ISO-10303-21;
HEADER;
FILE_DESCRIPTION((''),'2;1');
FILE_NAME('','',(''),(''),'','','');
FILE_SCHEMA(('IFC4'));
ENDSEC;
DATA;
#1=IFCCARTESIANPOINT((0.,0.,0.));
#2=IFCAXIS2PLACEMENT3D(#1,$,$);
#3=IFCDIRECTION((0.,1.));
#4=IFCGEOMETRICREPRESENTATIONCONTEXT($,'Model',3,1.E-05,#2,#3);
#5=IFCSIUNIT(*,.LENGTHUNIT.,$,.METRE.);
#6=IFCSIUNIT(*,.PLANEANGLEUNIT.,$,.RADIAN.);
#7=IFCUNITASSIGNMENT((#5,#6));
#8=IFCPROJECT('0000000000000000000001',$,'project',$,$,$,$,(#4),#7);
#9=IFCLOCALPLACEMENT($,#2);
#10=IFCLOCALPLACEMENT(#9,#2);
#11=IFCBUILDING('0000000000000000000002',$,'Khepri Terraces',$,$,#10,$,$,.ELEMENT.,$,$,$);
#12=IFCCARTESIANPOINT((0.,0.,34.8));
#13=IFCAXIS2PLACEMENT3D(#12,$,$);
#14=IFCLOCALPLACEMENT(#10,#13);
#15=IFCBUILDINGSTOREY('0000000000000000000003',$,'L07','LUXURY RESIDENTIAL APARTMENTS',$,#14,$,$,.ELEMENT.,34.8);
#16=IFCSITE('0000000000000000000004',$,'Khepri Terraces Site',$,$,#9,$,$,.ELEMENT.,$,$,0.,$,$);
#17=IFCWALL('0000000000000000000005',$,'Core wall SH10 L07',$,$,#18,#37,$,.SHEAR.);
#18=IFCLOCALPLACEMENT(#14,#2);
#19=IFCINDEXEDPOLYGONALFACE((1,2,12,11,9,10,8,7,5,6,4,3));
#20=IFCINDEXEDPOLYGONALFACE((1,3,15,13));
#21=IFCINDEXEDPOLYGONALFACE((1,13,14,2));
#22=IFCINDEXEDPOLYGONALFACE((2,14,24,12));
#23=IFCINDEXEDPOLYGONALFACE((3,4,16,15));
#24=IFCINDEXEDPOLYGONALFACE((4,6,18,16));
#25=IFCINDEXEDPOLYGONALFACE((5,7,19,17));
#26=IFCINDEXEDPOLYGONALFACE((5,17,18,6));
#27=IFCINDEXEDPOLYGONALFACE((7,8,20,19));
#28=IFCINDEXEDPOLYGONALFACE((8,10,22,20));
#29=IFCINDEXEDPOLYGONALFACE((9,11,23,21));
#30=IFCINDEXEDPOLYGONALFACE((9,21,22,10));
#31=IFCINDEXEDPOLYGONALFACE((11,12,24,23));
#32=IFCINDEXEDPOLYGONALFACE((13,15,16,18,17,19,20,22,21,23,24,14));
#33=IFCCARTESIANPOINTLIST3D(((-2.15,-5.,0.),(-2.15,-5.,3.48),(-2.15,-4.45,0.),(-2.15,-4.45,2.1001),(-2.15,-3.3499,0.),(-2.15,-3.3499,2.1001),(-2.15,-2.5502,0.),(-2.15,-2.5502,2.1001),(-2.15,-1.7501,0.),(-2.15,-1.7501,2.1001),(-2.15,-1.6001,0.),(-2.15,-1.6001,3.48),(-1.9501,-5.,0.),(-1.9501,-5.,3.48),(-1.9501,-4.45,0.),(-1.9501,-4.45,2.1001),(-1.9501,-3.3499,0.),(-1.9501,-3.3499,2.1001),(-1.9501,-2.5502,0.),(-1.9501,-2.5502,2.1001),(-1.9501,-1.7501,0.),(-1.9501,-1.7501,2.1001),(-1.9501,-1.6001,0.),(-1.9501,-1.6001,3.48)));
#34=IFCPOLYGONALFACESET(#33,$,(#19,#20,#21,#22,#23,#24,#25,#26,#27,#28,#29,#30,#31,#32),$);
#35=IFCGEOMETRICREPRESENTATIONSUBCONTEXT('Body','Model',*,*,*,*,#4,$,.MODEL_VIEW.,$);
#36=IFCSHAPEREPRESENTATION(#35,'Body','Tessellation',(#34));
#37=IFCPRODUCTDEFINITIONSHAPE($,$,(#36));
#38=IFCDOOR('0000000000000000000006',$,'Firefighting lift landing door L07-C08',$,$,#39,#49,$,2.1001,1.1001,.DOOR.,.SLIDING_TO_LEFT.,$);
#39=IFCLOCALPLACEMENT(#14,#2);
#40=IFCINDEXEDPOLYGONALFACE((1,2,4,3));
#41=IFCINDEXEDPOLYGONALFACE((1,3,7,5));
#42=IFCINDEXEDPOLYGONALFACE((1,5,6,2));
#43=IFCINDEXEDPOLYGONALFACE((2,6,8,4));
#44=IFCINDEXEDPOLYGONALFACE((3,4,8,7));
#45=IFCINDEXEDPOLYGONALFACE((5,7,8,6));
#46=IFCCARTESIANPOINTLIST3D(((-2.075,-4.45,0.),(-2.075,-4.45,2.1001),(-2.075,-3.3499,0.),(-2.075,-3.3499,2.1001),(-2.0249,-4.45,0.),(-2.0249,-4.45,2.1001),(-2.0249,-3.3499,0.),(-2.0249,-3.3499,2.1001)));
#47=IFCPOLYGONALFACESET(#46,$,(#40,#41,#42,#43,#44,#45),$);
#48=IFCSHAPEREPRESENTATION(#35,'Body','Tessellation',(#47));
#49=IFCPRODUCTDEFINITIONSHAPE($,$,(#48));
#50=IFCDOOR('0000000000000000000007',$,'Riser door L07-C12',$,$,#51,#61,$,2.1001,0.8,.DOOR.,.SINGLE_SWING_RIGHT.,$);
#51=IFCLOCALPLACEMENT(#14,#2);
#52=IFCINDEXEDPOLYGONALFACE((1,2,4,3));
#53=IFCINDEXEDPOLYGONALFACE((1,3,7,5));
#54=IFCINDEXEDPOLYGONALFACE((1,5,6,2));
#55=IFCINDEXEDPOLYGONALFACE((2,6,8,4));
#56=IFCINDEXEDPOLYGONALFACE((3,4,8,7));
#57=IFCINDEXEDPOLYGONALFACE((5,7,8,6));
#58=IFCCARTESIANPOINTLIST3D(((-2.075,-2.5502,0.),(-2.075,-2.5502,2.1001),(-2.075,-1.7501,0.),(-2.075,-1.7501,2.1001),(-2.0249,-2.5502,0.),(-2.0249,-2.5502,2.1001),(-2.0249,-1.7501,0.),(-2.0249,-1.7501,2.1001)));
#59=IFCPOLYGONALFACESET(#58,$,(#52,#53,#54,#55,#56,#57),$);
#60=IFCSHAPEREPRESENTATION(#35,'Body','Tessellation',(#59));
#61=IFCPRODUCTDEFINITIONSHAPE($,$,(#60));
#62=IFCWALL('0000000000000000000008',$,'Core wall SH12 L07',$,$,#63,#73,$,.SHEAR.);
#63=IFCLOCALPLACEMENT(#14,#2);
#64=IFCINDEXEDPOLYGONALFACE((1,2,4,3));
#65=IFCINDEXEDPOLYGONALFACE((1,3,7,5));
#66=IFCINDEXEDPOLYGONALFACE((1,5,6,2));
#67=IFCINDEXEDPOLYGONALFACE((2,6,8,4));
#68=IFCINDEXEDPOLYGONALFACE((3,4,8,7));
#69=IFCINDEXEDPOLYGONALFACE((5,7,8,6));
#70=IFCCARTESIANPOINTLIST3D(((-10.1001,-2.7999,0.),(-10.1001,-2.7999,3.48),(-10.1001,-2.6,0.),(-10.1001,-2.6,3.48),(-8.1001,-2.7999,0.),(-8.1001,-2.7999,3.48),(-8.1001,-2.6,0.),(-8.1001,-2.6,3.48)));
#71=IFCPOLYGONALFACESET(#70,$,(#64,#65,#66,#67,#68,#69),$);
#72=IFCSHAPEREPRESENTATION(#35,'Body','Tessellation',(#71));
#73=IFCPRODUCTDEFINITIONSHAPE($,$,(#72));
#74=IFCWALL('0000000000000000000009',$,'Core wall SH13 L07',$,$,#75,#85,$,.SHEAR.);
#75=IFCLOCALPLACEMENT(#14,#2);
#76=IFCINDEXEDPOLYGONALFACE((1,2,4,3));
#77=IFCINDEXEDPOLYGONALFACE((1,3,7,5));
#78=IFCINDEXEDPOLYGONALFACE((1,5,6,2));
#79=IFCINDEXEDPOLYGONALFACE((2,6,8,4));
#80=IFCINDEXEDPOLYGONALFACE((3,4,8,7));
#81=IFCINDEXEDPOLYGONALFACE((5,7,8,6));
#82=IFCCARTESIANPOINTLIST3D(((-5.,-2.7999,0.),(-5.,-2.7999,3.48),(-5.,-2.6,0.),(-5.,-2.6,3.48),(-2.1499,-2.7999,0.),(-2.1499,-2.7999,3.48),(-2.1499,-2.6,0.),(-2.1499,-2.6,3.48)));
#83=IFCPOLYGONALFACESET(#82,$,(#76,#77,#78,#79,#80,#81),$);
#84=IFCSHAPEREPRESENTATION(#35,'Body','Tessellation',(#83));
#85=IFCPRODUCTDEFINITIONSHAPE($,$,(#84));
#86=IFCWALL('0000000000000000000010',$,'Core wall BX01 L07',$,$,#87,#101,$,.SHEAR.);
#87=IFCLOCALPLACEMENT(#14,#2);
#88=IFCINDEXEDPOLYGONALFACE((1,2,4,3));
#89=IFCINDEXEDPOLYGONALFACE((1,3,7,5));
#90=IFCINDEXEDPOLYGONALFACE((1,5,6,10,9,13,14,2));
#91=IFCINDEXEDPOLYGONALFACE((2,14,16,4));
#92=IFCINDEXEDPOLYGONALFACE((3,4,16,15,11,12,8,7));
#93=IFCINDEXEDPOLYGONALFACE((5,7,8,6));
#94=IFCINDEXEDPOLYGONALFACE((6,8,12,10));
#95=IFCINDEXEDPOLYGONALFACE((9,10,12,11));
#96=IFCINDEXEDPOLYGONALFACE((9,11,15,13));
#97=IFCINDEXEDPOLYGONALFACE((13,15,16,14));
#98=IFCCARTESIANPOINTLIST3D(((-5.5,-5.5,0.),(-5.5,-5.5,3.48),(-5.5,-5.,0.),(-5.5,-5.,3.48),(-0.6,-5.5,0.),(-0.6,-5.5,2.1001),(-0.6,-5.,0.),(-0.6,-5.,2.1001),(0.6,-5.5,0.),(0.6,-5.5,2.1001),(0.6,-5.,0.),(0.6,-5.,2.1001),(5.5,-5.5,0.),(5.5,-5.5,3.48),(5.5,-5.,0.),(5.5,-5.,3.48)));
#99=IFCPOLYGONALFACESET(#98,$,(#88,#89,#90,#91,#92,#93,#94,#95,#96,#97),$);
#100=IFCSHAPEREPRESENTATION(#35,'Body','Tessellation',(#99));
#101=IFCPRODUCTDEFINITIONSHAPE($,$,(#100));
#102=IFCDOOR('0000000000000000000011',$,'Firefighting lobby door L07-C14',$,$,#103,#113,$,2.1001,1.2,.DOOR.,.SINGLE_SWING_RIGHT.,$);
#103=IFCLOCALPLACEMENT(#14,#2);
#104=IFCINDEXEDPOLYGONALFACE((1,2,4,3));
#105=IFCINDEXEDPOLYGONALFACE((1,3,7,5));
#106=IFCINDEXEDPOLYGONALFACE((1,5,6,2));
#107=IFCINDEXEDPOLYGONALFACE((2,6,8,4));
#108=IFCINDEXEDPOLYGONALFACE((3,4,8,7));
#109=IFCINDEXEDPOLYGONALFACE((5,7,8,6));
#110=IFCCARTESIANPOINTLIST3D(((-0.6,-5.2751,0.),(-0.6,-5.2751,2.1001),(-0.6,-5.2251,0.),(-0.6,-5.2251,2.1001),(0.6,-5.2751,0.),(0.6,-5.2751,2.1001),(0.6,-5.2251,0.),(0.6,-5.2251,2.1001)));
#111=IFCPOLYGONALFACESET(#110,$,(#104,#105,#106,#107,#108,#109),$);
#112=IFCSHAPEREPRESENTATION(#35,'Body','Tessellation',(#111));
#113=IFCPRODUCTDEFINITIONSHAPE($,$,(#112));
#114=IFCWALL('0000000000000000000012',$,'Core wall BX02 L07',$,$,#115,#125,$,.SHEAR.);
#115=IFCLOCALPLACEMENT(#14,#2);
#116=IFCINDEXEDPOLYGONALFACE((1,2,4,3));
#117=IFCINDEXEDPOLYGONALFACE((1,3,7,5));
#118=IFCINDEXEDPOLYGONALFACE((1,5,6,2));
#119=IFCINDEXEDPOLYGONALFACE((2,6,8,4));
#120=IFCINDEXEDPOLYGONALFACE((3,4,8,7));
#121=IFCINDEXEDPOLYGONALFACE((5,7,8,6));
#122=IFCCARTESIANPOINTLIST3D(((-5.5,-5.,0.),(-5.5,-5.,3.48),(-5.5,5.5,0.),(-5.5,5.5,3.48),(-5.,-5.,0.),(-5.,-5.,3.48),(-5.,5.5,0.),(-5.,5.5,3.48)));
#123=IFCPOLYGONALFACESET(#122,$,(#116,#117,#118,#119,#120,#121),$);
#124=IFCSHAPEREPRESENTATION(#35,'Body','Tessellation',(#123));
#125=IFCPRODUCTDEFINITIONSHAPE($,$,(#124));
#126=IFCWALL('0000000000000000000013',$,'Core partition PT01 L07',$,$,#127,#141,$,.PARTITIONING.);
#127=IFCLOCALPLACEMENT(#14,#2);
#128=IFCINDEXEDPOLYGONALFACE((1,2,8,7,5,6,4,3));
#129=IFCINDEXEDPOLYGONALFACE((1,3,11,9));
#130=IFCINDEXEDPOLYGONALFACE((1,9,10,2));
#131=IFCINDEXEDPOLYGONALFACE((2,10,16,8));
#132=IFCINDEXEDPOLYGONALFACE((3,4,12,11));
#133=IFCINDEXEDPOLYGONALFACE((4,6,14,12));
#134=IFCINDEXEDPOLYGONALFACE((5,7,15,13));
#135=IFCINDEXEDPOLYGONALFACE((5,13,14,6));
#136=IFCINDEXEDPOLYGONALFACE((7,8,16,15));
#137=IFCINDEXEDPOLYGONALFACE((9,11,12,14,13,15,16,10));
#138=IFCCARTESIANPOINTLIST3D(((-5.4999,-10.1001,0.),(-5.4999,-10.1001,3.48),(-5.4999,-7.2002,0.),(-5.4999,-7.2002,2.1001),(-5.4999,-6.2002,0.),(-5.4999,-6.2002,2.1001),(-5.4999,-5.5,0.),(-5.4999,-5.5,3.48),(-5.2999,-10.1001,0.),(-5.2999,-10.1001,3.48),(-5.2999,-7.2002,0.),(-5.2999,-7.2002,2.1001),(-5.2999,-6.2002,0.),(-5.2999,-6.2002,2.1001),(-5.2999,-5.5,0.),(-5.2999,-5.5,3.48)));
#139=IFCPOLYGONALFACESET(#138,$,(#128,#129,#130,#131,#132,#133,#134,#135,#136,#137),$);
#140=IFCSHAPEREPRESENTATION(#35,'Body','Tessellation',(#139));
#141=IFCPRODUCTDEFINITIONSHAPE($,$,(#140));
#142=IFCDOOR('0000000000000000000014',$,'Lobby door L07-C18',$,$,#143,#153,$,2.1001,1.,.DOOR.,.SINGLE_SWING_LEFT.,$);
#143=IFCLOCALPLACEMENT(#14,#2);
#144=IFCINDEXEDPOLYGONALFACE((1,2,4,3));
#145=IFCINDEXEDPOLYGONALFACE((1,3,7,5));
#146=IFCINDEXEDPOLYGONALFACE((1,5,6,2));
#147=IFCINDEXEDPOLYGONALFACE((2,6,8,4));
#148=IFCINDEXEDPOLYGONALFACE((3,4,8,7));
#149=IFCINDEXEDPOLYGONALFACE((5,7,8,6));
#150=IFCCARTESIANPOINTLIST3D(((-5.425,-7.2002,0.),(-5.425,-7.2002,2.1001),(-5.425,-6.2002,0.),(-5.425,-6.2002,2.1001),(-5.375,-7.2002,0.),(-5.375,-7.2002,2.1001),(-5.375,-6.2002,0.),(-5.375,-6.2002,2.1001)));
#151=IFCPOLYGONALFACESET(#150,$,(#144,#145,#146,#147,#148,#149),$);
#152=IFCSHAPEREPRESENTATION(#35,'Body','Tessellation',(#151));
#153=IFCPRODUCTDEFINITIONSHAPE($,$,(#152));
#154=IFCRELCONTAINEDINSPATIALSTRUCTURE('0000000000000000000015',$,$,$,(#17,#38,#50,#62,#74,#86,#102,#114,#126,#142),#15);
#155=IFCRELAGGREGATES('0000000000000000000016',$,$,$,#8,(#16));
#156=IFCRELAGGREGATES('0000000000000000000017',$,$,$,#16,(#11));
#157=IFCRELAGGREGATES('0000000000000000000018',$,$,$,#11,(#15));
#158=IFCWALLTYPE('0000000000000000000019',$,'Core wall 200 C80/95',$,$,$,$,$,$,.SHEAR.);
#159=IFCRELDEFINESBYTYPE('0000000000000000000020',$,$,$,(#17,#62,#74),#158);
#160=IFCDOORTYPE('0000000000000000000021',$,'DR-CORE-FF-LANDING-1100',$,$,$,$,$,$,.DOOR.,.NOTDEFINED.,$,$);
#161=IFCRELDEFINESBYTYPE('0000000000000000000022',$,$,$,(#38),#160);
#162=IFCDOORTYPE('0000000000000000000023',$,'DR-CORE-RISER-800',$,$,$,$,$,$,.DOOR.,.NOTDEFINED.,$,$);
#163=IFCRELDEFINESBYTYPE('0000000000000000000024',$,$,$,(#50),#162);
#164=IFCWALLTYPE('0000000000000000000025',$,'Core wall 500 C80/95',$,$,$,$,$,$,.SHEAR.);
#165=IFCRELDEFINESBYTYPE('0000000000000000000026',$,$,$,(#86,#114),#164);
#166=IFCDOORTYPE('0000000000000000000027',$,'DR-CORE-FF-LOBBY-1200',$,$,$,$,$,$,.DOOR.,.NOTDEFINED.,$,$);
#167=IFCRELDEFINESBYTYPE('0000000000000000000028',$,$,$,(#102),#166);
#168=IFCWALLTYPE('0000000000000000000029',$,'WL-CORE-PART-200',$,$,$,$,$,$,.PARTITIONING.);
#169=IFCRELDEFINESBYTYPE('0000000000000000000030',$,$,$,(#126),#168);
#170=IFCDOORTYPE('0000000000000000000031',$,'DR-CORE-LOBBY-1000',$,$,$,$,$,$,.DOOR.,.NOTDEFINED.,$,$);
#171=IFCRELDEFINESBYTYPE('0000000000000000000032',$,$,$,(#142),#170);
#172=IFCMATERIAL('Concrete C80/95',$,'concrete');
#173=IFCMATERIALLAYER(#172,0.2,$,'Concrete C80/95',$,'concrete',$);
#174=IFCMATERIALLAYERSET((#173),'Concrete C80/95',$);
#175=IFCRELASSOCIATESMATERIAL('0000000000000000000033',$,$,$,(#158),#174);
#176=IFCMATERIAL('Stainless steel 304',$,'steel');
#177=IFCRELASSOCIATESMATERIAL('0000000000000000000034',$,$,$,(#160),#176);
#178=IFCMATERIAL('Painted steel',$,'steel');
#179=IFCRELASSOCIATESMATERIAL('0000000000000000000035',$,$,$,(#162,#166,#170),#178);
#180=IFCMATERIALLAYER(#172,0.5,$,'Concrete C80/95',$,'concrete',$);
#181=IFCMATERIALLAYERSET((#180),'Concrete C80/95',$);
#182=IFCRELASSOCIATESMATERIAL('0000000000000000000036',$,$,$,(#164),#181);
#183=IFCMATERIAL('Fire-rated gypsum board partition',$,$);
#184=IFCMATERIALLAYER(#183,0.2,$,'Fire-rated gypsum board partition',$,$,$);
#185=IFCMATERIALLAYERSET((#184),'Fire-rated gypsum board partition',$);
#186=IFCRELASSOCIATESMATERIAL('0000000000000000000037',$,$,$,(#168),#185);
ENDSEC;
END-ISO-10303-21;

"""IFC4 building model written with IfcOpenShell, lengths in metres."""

from ifc_helpers import new_model, si_unit, direction, frame, frame_2d, origin, place, context, subcontext, project, spatial, rectangle, extrude, material, layer, layer_set, type_object, element, fill, save


model = new_model("IFC4")

# Units and contexts
model_context = context("Model", 3, precision=1e-05, world=origin(), true_north=direction((0.0, 1.0)))
body_context = subcontext(model_context, "Body", "Model", "MODEL_VIEW")
ifc_project = project(units=[si_unit("LENGTHUNIT", "METRE"), si_unit("PLANEANGLEUNIT", "RADIAN")], contexts=[model_context])

# Site, building, storey
site_placement = place(None, origin())
site = spatial("IfcSite", under=ifc_project, at=site_placement, Name="Khepri Terraces Site", CompositionType="ELEMENT", RefElevation=0.0)
building_placement = place(site_placement, origin())
building = spatial("IfcBuilding", under=site, at=building_placement, Name="Khepri Terraces", CompositionType="ELEMENT")
storey_placement = place(building_placement, frame((0.0, 0.0, 34.8)))
storey = spatial("IfcBuildingStorey", under=building, at=storey_placement, Name="L07", Description="LUXURY RESIDENTIAL APARTMENTS", CompositionType="ELEMENT", Elevation=34.8)

# Shared definitions
ifc_material_1 = material(Name="Concrete C80/95", Category="concrete")
ifc_layer_1 = layer(ifc_material_1, 0.2, Name="Concrete C80/95", Category="concrete")
ifc_layer_set_1 = layer_set([ifc_layer_1], Name="Concrete C80/95")
wall_type_1 = type_object("IfcWallType", Name="Core wall 200 C80/95", PredefinedType="SHEAR", material=ifc_layer_set_1)

# Shared definitions
ifc_material_2 = material(Name="Painted steel", Category="steel")

# Shared definitions
ifc_material_3 = material(Name="Stainless steel 304", Category="steel")

# Wall, openings, doors
wall_1_placement = place(storey_placement, frame((-2.05, -5.0, 0.0), z_axis=(0.0, 0.0, 1.0), x_axis=(0.0, 1.0, 0.0)))
wall_1 = element("IfcWall", 1, at=wall_1_placement, inside=storey, type_object=wall_type_1, Name="Core wall SH10 L07", PredefinedType="SHEAR", context=body_context, shape_type="SweptSolid", body=[
    extrude(rectangle(XDim=3.3999, YDim=0.2, at=frame_2d((1.7, 0.0))), origin(), (0.0, 0.0, 1.0), 3.48),
])
opening_1_placement = place(wall_1_placement, frame((0.55, 0.0, 0.0)))
opening_1 = element("IfcOpeningElement", 2, at=opening_1_placement, cuts=wall_1, PredefinedType="OPENING", context=body_context, shape_type="SweptSolid", body=[
    extrude(rectangle(XDim=1.1001, YDim=2.1001, at=frame_2d((0.55, 1.05))), frame((0.0, 0.1099, 0.0), z_axis=(0.0, -1.0, 0.0), x_axis=(1.0, 0.0, 0.0)), (0.0, 0.0, 1.0), 0.22),
])
opening_2_placement = place(wall_1_placement, frame((2.45, 0.0, 0.0)))
opening_2 = element("IfcOpeningElement", 3, at=opening_2_placement, cuts=wall_1, PredefinedType="OPENING", context=body_context, shape_type="SweptSolid", body=[
    extrude(rectangle(XDim=0.8, YDim=2.1001, at=frame_2d((0.3999, 1.05))), frame((0.0, 0.1099, 0.0), z_axis=(0.0, -1.0, 0.0), x_axis=(1.0, 0.0, 0.0)), (0.0, 0.0, 1.0), 0.22),
])
door_type_1 = type_object("IfcDoorType", Name="DR-CORE-FF-LANDING-1100", OperationType="NOTDEFINED", PredefinedType="DOOR", material=ifc_material_3)
door_1_placement = place(opening_1_placement, origin())
door_1 = element("IfcDoor", 4, at=door_1_placement, inside=storey, type_object=door_type_1, Name="Firefighting lift landing door L07-C08", OperationType="SLIDING_TO_LEFT", OverallHeight=2.1001, OverallWidth=1.1001, PredefinedType="DOOR", context=body_context, shape_type="SweptSolid", body=[
    extrude(rectangle(XDim=1.1001, YDim=2.1001, at=frame_2d((0.55, 1.05))), frame((0.0, 0.0249, 0.0), z_axis=(0.0, -1.0, 0.0), x_axis=(1.0, 0.0, 0.0)), (0.0, 0.0, 1.0), 0.05),
])
fill(opening_1, door_1)
door_type_2 = type_object("IfcDoorType", Name="DR-CORE-RISER-800", OperationType="NOTDEFINED", PredefinedType="DOOR", material=ifc_material_2)
door_2_placement = place(opening_2_placement, origin())
door_2 = element("IfcDoor", 5, at=door_2_placement, inside=storey, type_object=door_type_2, Name="Riser door L07-C12", OperationType="SINGLE_SWING_RIGHT", OverallHeight=2.1001, OverallWidth=0.8, PredefinedType="DOOR", context=body_context, shape_type="SweptSolid", body=[
    extrude(rectangle(XDim=0.8, YDim=2.1001, at=frame_2d((0.3999, 1.05))), frame((0.0, 0.0249, 0.0), z_axis=(0.0, -1.0, 0.0), x_axis=(1.0, 0.0, 0.0)), (0.0, 0.0, 1.0), 0.05),
])
fill(opening_2, door_2)

# Walls
wall_2_placement = place(storey_placement, frame((-10.1001, -2.7, 0.0), z_axis=(0.0, 0.0, 1.0), x_axis=(1.0, 0.0, 0.0)))
element("IfcWall", 6, at=wall_2_placement, inside=storey, type_object=wall_type_1, Name="Core wall SH12 L07", PredefinedType="SHEAR", context=body_context, shape_type="SweptSolid", body=[
    extrude(rectangle(XDim=2.0, YDim=0.2, at=frame_2d((1.0, 0.0))), origin(), (0.0, 0.0, 1.0), 3.48),
])
wall_3_placement = place(storey_placement, frame((-5.0, -2.7, 0.0), z_axis=(0.0, 0.0, 1.0), x_axis=(1.0, 0.0, 0.0)))
element("IfcWall", 7, at=wall_3_placement, inside=storey, type_object=wall_type_1, Name="Core wall SH13 L07", PredefinedType="SHEAR", context=body_context, shape_type="SweptSolid", body=[
    extrude(rectangle(XDim=2.8501, YDim=0.2, at=frame_2d((1.425, 0.0))), origin(), (0.0, 0.0, 1.0), 3.48),
])

# Wall, opening, door
ifc_layer_2 = layer(ifc_material_1, 0.5, Name="Concrete C80/95", Category="concrete")
ifc_layer_set_2 = layer_set([ifc_layer_2], Name="Concrete C80/95")
wall_type_2 = type_object("IfcWallType", Name="Core wall 500 C80/95", PredefinedType="SHEAR", material=ifc_layer_set_2)
wall_4_placement = place(storey_placement, frame((-5.5, -5.25, 0.0), z_axis=(0.0, 0.0, 1.0), x_axis=(1.0, 0.0, 0.0)))
wall_4 = element("IfcWall", 8, at=wall_4_placement, inside=storey, type_object=wall_type_2, Name="Core wall BX01 L07", PredefinedType="SHEAR", context=body_context, shape_type="SweptSolid", body=[
    extrude(rectangle(XDim=11.0, YDim=0.5, at=frame_2d((5.5, 0.0))), origin(), (0.0, 0.0, 1.0), 3.48),
])
opening_3_placement = place(wall_4_placement, frame((4.8999, 0.0, 0.0)))
opening_3 = element("IfcOpeningElement", 9, at=opening_3_placement, cuts=wall_4, PredefinedType="OPENING", context=body_context, shape_type="SweptSolid", body=[
    extrude(rectangle(XDim=1.2, YDim=2.1001, at=frame_2d((0.6001, 1.05))), frame((0.0, 0.26, 0.0), z_axis=(0.0, -1.0, 0.0), x_axis=(1.0, 0.0, 0.0)), (0.0, 0.0, 1.0), 0.52),
])
door_type_3 = type_object("IfcDoorType", Name="DR-CORE-FF-LOBBY-1200", OperationType="NOTDEFINED", PredefinedType="DOOR", material=ifc_material_2)
door_3_placement = place(opening_3_placement, origin())
door_3 = element("IfcDoor", 10, at=door_3_placement, inside=storey, type_object=door_type_3, Name="Firefighting lobby door L07-C14", OperationType="SINGLE_SWING_RIGHT", OverallHeight=2.1001, OverallWidth=1.2, PredefinedType="DOOR", context=body_context, shape_type="SweptSolid", body=[
    extrude(rectangle(XDim=1.2, YDim=2.1001, at=frame_2d((0.6001, 1.05))), frame((0.0, 0.0249, 0.0), z_axis=(0.0, -1.0, 0.0), x_axis=(1.0, 0.0, 0.0)), (0.0, 0.0, 1.0), 0.05),
])
fill(opening_3, door_3)

# Wall
wall_5_placement = place(storey_placement, frame((-5.25, -5.0, 0.0), z_axis=(0.0, 0.0, 1.0), x_axis=(0.0, 1.0, 0.0)))
element("IfcWall", 11, at=wall_5_placement, inside=storey, type_object=wall_type_2, Name="Core wall BX02 L07", PredefinedType="SHEAR", context=body_context, shape_type="SweptSolid", body=[
    extrude(rectangle(XDim=10.5, YDim=0.5, at=frame_2d((5.25, 0.0))), origin(), (0.0, 0.0, 1.0), 3.48),
])

# Wall, opening, door
ifc_material_4 = material(Name="Fire-rated gypsum board partition")
ifc_layer_3 = layer(ifc_material_4, 0.2, Name="Fire-rated gypsum board partition")
ifc_layer_set_3 = layer_set([ifc_layer_3], Name="Fire-rated gypsum board partition")
wall_type_3 = type_object("IfcWallType", Name="WL-CORE-PART-200", PredefinedType="PARTITIONING", material=ifc_layer_set_3)
wall_6_placement = place(storey_placement, frame((-5.3999, -10.1001, 0.0), z_axis=(0.0, 0.0, 1.0), x_axis=(0.0, 1.0, 0.0)))
wall_6 = element("IfcWall", 12, at=wall_6_placement, inside=storey, type_object=wall_type_3, Name="Core partition PT01 L07", PredefinedType="PARTITIONING", context=body_context, shape_type="SweptSolid", body=[
    extrude(rectangle(XDim=4.6001, YDim=0.2, at=frame_2d((2.3, 0.0))), origin(), (0.0, 0.0, 1.0), 3.48),
])
opening_4_placement = place(wall_6_placement, frame((2.8999, 0.0, 0.0)))
opening_4 = element("IfcOpeningElement", 13, at=opening_4_placement, cuts=wall_6, PredefinedType="OPENING", context=body_context, shape_type="SweptSolid", body=[
    extrude(rectangle(XDim=1.0, YDim=2.1001, at=frame_2d((0.5, 1.05))), frame((0.0, 0.1099, 0.0), z_axis=(0.0, -1.0, 0.0), x_axis=(1.0, 0.0, 0.0)), (0.0, 0.0, 1.0), 0.22),
])
door_type_4 = type_object("IfcDoorType", Name="DR-CORE-LOBBY-1000", OperationType="NOTDEFINED", PredefinedType="DOOR", material=ifc_material_2)
door_4_placement = place(opening_4_placement, frame((1.0, 0.0, 0.0), z_axis=(0.0, 0.0, 1.0), x_axis=(-1.0, 0.0, 0.0)))
door_4 = element("IfcDoor", 14, at=door_4_placement, inside=storey, type_object=door_type_4, Name="Lobby door L07-C18", OperationType="SINGLE_SWING_LEFT", OverallHeight=2.1001, OverallWidth=1.0, PredefinedType="DOOR", context=body_context, shape_type="SweptSolid", body=[
    extrude(rectangle(XDim=1.0, YDim=2.1001, at=frame_2d((0.5, 1.05))), frame((0.0, 0.0249, 0.0), z_axis=(0.0, -1.0, 0.0), x_axis=(1.0, 0.0, 0.0)), (0.0, 0.0, 1.0), 0.05),
])
fill(opening_4, door_4)

save(model, "model.ifc")
